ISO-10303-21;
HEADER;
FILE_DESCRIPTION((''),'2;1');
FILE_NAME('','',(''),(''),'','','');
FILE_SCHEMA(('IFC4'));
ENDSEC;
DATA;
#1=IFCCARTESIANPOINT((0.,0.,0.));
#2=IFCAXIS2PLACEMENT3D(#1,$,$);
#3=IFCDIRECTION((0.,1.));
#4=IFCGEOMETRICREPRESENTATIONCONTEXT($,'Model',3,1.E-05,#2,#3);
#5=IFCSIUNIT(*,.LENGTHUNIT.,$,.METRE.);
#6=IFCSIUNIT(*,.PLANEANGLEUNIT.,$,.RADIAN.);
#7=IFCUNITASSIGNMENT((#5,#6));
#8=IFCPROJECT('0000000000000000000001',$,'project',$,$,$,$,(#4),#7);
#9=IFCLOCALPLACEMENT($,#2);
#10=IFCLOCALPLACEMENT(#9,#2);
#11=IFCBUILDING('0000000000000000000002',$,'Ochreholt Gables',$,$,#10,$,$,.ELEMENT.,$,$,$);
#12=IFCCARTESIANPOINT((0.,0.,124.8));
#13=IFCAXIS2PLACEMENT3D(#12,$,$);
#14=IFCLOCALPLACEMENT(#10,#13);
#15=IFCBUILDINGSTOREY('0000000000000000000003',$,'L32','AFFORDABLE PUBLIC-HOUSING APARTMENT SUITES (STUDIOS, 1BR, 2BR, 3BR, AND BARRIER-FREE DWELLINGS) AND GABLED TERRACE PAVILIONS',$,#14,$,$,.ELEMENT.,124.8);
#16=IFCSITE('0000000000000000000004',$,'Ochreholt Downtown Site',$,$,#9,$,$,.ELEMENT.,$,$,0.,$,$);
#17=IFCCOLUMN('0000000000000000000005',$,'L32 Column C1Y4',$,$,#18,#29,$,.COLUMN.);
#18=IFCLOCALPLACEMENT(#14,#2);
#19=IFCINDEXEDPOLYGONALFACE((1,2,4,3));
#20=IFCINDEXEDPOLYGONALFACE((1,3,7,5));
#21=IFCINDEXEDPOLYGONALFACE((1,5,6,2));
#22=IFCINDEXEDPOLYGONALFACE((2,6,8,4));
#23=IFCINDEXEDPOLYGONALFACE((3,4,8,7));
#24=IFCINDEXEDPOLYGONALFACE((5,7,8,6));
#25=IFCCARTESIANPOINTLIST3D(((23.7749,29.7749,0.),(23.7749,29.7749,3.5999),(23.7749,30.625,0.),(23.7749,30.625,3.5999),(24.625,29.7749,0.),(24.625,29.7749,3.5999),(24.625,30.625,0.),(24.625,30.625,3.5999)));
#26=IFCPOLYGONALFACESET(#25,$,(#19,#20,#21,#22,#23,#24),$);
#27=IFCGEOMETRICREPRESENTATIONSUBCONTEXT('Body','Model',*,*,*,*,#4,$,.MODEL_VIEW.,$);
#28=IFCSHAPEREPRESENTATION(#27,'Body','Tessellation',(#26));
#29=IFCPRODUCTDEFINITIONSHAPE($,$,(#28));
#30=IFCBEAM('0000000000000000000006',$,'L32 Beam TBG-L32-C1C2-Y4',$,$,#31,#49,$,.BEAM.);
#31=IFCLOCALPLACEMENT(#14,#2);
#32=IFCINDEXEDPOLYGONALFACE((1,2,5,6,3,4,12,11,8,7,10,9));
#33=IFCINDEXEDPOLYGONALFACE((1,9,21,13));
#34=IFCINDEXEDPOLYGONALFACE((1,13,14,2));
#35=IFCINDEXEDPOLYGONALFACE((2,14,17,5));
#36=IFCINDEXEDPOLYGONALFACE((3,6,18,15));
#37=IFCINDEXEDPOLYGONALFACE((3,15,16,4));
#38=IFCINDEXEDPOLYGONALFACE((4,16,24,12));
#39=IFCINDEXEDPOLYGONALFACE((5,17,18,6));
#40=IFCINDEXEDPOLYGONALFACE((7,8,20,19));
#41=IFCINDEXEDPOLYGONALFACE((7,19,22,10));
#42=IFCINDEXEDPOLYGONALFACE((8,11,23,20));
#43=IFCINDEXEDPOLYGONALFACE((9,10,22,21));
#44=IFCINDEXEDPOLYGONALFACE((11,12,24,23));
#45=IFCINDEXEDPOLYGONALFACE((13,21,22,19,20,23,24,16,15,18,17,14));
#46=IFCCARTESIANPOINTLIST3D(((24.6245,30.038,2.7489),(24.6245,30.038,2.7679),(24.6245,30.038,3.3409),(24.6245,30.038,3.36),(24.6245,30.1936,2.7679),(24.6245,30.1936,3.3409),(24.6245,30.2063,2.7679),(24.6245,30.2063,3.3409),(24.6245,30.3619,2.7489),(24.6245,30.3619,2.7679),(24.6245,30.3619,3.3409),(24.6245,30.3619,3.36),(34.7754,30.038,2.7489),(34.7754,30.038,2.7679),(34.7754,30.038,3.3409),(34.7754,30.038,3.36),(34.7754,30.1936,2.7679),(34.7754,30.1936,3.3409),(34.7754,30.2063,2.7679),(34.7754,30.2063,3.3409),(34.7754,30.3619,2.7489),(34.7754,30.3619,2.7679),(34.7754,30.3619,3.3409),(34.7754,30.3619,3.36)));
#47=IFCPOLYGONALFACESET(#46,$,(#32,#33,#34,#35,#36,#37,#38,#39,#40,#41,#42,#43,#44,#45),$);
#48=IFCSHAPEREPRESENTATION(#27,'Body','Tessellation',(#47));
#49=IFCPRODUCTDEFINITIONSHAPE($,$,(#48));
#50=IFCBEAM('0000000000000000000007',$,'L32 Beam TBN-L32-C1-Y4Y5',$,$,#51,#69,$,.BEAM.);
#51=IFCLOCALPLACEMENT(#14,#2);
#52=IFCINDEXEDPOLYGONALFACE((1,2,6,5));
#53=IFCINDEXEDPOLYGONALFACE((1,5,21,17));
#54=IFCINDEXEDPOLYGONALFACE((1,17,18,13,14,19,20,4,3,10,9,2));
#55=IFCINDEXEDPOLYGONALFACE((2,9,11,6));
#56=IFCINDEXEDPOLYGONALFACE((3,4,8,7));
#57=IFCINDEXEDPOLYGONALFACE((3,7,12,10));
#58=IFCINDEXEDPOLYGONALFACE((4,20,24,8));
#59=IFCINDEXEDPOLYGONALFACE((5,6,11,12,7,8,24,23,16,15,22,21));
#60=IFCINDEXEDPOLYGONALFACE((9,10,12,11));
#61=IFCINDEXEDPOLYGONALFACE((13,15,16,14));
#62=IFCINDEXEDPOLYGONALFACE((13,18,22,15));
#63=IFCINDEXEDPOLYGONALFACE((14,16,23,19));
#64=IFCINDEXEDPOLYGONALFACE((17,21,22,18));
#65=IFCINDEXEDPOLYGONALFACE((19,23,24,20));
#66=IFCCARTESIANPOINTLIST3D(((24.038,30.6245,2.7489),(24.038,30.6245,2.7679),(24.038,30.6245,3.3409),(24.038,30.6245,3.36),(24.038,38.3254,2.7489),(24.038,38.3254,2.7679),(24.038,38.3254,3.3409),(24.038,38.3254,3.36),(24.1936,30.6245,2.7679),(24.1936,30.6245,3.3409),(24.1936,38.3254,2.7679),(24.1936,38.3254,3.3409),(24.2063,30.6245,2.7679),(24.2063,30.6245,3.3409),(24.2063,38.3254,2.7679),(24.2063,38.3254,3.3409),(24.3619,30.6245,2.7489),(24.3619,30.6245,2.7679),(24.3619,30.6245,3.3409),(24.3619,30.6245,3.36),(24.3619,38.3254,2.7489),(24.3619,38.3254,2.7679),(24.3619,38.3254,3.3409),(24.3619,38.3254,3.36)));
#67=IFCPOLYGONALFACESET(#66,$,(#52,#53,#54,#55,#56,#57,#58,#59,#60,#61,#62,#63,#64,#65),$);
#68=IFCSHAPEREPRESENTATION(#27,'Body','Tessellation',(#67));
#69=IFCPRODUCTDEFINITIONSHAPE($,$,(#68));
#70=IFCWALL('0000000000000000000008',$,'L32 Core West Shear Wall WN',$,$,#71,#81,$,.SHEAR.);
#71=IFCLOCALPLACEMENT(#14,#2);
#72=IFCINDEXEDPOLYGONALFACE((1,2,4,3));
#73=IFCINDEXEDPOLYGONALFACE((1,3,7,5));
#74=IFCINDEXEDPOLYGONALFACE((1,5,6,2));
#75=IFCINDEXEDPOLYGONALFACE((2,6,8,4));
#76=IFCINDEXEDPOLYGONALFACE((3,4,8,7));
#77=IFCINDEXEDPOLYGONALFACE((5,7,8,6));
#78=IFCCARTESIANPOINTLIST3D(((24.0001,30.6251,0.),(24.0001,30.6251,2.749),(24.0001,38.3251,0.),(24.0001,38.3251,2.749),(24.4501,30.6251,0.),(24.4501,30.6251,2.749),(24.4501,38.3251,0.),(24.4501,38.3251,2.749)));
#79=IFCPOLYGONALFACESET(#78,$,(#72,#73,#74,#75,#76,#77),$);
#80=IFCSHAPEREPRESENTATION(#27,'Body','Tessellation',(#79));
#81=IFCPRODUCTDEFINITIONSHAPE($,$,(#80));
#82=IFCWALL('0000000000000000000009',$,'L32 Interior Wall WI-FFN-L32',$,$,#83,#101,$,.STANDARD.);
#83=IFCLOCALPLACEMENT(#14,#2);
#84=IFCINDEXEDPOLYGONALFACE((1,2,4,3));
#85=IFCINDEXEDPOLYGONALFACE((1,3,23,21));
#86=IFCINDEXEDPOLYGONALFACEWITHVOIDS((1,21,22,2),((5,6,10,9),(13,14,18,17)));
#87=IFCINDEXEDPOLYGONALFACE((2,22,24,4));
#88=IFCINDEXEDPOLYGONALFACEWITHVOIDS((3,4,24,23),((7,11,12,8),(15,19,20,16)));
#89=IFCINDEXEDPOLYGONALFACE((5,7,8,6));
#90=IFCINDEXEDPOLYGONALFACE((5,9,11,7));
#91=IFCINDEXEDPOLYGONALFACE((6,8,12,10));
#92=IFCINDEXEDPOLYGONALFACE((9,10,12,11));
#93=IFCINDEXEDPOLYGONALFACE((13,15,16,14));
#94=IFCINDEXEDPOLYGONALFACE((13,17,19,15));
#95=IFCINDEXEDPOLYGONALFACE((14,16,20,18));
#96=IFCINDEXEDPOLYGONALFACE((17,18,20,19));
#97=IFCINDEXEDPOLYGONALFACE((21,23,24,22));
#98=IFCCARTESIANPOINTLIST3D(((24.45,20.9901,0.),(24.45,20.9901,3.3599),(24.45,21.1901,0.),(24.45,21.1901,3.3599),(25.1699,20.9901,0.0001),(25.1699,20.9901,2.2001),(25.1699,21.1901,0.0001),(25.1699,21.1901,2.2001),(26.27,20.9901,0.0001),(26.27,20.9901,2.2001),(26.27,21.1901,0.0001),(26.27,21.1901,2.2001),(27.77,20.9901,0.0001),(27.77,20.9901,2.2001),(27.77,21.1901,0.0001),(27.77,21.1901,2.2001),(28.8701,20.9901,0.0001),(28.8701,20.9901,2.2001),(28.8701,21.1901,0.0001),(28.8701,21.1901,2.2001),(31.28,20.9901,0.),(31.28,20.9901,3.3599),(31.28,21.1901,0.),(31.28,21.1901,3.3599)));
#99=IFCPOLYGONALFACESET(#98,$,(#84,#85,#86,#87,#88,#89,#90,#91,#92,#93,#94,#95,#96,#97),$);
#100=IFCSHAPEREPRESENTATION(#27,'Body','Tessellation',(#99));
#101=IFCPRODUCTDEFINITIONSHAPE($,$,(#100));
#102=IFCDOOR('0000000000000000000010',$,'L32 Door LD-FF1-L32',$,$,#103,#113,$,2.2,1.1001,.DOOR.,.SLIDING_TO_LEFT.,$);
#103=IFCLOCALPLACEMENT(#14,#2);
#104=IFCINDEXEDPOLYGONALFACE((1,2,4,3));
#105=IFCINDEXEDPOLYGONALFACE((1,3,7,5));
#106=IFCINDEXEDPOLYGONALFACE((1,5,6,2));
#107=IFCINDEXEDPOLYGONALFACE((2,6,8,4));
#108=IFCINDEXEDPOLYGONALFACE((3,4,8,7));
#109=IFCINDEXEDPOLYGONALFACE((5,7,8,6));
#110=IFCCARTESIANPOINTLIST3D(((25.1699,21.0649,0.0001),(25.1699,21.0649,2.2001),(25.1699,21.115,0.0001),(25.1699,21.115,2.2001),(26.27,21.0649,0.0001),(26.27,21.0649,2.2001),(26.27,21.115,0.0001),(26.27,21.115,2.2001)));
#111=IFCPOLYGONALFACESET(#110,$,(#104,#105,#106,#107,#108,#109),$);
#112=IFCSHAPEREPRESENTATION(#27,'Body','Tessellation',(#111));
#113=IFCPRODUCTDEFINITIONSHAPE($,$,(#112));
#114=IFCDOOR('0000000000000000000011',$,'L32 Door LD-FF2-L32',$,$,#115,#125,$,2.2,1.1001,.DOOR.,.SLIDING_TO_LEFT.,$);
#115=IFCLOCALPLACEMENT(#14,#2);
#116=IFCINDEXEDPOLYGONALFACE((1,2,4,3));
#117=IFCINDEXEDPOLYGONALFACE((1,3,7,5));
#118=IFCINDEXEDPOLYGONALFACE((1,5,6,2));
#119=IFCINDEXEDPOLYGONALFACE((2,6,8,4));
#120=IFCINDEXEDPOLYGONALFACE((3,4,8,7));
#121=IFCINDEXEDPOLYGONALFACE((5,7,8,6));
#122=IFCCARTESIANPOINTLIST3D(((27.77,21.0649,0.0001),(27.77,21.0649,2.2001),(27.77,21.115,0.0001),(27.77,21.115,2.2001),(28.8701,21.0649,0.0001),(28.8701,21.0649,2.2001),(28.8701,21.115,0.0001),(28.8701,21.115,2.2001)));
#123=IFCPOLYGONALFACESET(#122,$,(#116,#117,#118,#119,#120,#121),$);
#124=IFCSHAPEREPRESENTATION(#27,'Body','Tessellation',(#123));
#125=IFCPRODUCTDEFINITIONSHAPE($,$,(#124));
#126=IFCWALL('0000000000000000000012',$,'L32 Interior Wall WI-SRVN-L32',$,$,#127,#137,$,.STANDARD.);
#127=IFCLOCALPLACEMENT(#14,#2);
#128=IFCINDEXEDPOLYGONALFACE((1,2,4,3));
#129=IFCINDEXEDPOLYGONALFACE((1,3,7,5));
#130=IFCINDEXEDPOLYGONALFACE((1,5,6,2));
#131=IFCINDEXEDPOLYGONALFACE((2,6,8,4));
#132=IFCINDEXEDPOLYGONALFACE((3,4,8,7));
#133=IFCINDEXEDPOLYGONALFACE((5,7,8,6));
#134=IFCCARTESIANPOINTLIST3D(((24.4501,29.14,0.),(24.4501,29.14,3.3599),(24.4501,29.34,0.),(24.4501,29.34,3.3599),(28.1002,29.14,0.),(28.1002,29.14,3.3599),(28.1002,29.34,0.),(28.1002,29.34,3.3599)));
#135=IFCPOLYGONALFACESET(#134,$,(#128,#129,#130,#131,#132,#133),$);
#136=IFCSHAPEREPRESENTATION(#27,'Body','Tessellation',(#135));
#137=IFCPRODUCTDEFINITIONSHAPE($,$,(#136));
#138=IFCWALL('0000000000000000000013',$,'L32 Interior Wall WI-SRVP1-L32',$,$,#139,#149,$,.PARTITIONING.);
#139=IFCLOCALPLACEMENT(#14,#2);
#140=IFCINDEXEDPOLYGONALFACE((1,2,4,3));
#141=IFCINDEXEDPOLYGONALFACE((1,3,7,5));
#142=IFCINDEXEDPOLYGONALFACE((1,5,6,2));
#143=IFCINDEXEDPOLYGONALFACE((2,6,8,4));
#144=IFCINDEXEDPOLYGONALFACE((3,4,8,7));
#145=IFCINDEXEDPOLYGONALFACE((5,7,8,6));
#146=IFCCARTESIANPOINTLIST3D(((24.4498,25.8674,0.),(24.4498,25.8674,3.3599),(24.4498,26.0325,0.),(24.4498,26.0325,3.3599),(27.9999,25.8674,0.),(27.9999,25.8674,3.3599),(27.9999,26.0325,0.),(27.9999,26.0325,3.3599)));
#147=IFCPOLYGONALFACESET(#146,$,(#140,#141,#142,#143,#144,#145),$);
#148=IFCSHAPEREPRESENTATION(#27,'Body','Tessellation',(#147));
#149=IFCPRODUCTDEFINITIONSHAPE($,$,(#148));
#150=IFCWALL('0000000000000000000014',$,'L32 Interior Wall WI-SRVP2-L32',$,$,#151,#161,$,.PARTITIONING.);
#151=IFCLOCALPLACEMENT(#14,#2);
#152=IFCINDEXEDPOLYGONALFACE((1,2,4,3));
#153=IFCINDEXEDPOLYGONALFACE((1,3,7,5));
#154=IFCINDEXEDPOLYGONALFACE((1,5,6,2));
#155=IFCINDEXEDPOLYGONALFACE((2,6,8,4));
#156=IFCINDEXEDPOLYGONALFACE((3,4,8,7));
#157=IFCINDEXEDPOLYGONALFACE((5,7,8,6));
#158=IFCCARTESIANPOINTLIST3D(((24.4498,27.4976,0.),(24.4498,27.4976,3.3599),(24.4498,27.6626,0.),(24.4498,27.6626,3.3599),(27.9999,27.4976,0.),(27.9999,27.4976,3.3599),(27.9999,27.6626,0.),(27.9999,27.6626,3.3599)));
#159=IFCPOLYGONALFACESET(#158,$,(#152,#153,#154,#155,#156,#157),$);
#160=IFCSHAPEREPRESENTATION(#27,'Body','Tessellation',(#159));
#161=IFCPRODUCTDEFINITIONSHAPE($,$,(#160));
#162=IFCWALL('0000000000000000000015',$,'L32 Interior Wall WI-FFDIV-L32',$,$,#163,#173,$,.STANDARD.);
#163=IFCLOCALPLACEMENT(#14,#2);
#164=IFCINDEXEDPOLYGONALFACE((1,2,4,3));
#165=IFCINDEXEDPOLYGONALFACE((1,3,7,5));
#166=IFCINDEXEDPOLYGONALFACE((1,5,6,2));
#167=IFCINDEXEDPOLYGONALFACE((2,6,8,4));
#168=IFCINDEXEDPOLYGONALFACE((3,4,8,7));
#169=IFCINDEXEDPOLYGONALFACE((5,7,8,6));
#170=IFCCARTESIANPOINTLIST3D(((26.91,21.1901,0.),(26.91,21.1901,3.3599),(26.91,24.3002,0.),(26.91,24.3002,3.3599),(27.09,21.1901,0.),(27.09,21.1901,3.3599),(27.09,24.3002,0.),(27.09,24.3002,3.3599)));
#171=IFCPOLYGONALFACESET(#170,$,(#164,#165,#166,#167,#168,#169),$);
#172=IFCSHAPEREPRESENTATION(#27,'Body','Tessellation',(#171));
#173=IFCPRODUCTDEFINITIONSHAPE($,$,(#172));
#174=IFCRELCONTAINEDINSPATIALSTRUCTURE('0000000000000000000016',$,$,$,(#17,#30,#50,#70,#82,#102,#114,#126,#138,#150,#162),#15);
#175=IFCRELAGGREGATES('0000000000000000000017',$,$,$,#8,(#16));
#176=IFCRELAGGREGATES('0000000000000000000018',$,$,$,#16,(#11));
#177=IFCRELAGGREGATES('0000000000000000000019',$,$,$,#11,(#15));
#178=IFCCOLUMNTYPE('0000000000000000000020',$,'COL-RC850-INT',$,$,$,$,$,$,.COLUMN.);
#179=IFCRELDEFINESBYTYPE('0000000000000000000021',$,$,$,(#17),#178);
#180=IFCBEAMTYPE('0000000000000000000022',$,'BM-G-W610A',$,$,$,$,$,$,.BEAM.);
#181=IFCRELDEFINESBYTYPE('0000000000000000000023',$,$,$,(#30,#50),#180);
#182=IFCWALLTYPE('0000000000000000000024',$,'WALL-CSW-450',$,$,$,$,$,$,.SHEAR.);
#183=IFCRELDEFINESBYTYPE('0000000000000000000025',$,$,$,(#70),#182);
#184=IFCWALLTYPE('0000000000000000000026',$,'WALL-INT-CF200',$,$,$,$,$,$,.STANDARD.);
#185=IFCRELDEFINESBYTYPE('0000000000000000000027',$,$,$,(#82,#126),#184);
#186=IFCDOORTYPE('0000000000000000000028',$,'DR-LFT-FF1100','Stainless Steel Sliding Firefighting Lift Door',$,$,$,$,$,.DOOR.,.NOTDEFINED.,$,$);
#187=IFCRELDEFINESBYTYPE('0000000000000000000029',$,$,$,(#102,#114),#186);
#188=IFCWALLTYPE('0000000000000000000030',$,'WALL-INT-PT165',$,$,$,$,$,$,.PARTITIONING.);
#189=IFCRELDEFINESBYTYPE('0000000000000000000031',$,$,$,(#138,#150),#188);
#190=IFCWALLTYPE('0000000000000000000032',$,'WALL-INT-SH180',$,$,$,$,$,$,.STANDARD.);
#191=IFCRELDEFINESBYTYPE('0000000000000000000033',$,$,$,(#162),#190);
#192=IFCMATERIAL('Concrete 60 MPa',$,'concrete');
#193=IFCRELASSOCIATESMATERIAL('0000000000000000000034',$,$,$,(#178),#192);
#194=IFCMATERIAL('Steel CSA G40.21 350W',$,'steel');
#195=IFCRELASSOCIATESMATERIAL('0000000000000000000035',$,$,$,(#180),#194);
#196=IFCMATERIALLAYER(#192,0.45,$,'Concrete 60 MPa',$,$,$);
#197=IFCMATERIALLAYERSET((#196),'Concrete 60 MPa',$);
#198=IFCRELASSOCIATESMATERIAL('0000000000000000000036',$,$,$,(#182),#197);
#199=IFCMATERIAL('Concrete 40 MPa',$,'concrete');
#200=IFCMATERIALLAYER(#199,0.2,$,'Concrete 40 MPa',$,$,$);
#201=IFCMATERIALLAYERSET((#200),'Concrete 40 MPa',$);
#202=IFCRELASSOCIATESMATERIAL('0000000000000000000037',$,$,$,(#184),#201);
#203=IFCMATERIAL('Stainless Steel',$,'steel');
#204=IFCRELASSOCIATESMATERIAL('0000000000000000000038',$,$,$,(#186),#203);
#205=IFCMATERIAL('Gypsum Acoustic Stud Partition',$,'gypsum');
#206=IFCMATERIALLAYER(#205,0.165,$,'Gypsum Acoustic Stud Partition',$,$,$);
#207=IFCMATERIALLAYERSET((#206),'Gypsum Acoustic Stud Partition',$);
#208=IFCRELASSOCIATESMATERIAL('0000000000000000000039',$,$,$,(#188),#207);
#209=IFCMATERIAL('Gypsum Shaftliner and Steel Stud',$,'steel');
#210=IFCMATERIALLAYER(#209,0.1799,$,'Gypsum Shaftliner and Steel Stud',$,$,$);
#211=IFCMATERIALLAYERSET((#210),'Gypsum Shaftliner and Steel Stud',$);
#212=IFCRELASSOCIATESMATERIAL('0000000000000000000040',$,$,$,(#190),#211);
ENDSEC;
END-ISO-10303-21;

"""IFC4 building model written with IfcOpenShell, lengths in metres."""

from ifc_helpers import new_model, si_unit, direction, frame, frame_2d, origin, origin_2d, place, context, subcontext, project, spatial, rectangle, i_section, extrude, material, layer, layer_set, material_profile, profile_set, type_object, element, fill, save


model = new_model("IFC4")

# Units and contexts
model_context = context("Model", 3, precision=1e-05, world=origin(), true_north=direction((0.0, 1.0)))
body_context = subcontext(model_context, "Body", "Model", "MODEL_VIEW")
ifc_project = project(units=[si_unit("LENGTHUNIT", "METRE"), si_unit("PLANEANGLEUNIT", "RADIAN")], contexts=[model_context])

# Site, building, storey
site_placement = place(None, origin())
site = spatial("IfcSite", under=ifc_project, at=site_placement, Name="Ochreholt Downtown Site", CompositionType="ELEMENT", RefElevation=0.0)
building_placement = place(site_placement, origin())
building = spatial("IfcBuilding", under=site, at=building_placement, Name="Ochreholt Gables", CompositionType="ELEMENT")
storey_placement = place(building_placement, frame((0.0, 0.0, 124.8)))
storey = spatial("IfcBuildingStorey", under=building, at=storey_placement, Name="L32", Description="AFFORDABLE PUBLIC-HOUSING APARTMENT SUITES (STUDIOS, 1BR, 2BR, 3BR, AND BARRIER-FREE DWELLINGS) AND GABLED TERRACE PAVILIONS", CompositionType="ELEMENT", Elevation=124.8)

# Column
ifc_material_1 = material(Name="Concrete 60 MPa", Category="concrete")
ifc_material_profile_1 = material_profile(ifc_material_1, rectangle(XDim=0.8501, YDim=0.8501, at=origin_2d()), Name="RC850X850")
ifc_profile_set_1 = profile_set([ifc_material_profile_1], Name="Concrete 60 MPa")
column_type = type_object("IfcColumnType", Name="COL-RC850-INT", PredefinedType="COLUMN", material=ifc_profile_set_1)
column_placement = place(storey_placement, frame((24.2, 30.2, 0.0), z_axis=(0.0, 0.0, 1.0), x_axis=(1.0, 0.0, 0.0)))
element("IfcColumn", 1, at=column_placement, inside=storey, type_object=column_type, Name="L32 Column C1Y4", PredefinedType="COLUMN", context=body_context, shape_type="SweptSolid", body=[
    extrude(rectangle(XDim=0.8501, YDim=0.8501, at=origin_2d()), origin(), (0.0, 0.0, 1.0), 3.5999),
])

# Beams
ifc_material_2 = material(Name="Steel CSA G40.21 350W", Category="steel")
ifc_material_profile_2 = material_profile(ifc_material_2, i_section(OverallWidth=0.324, OverallDepth=0.6111, WebThickness=0.0127, FlangeThickness=0.019, at=origin_2d()), Name="W610X155")
ifc_profile_set_2 = profile_set([ifc_material_profile_2], Name="Steel CSA G40.21 350W")
beam_type = type_object("IfcBeamType", Name="BM-G-W610A", PredefinedType="BEAM", material=ifc_profile_set_2)
beam_1_placement = place(storey_placement, frame((24.6245, 30.2, 3.0544), z_axis=(1.0, 0.0, 0.0), x_axis=(0.0, 1.0, 0.0)))
element("IfcBeam", 2, at=beam_1_placement, inside=storey, type_object=beam_type, Name="L32 Beam TBG-L32-C1C2-Y4", PredefinedType="BEAM", context=body_context, shape_type="SweptSolid", body=[
    extrude(i_section(OverallWidth=0.324, OverallDepth=0.6111, WebThickness=0.0127, FlangeThickness=0.019, at=origin_2d()), origin(), (0.0, 0.0, 1.0), 10.1509),
])
beam_2_placement = place(storey_placement, frame((24.2, 30.6245, 3.0544), z_axis=(0.0, 1.0, 0.0), x_axis=(-1.0, 0.0, 0.0)))
element("IfcBeam", 3, at=beam_2_placement, inside=storey, type_object=beam_type, Name="L32 Beam TBN-L32-C1-Y4Y5", PredefinedType="BEAM", context=body_context, shape_type="SweptSolid", body=[
    extrude(i_section(OverallWidth=0.324, OverallDepth=0.6111, WebThickness=0.0127, FlangeThickness=0.019, at=origin_2d()), origin(), (0.0, 0.0, 1.0), 7.7009),
])

# Wall
ifc_layer_1 = layer(ifc_material_1, 0.45, Name="Concrete 60 MPa")
ifc_layer_set_1 = layer_set([ifc_layer_1], Name="Concrete 60 MPa")
wall_type_1 = type_object("IfcWallType", Name="WALL-CSW-450", PredefinedType="SHEAR", material=ifc_layer_set_1)
wall_1_placement = place(storey_placement, frame((24.2251, 30.625, 0.0), z_axis=(0.0, 0.0, 1.0), x_axis=(0.0, 1.0, 0.0)))
element("IfcWall", 4, at=wall_1_placement, inside=storey, type_object=wall_type_1, Name="L32 Core West Shear Wall WN", PredefinedType="SHEAR", context=body_context, shape_type="SweptSolid", body=[
    extrude(rectangle(XDim=7.7, YDim=0.45, at=frame_2d((3.8501, 0.0))), origin(), (0.0, 0.0, 1.0), 2.749),
])

# Wall, openings, doors
ifc_material_3 = material(Name="Concrete 40 MPa", Category="concrete")
ifc_layer_2 = layer(ifc_material_3, 0.2, Name="Concrete 40 MPa")
ifc_layer_set_2 = layer_set([ifc_layer_2], Name="Concrete 40 MPa")
wall_type_2 = type_object("IfcWallType", Name="WALL-INT-CF200", PredefinedType="STANDARD", material=ifc_layer_set_2)
wall_2_placement = place(storey_placement, frame((24.45, 21.0901, 0.0), z_axis=(0.0, 0.0, 1.0), x_axis=(1.0, 0.0, 0.0)))
wall_2 = element("IfcWall", 5, at=wall_2_placement, inside=storey, type_object=wall_type_2, Name="L32 Interior Wall WI-FFN-L32", PredefinedType="STANDARD", context=body_context, shape_type="SweptSolid", body=[
    extrude(rectangle(XDim=6.8301, YDim=0.2, at=frame_2d((3.415, 0.0))), origin(), (0.0, 0.0, 1.0), 3.3599),
])
opening_1_placement = place(wall_2_placement, frame((0.72, 0.0, 0.0)))
opening_1 = element("IfcOpeningElement", 6, at=opening_1_placement, cuts=wall_2, PredefinedType="OPENING", context=body_context, shape_type="SweptSolid", body=[
    extrude(rectangle(XDim=1.1001, YDim=2.2, at=frame_2d((0.55, 1.1001))), frame((0.0, 0.1099, 0.0), z_axis=(0.0, -1.0, 0.0), x_axis=(1.0, 0.0, 0.0)), (0.0, 0.0, 1.0), 0.22),
])
opening_2_placement = place(wall_2_placement, frame((3.3201, 0.0, 0.0)))
opening_2 = element("IfcOpeningElement", 7, at=opening_2_placement, cuts=wall_2, PredefinedType="OPENING", context=body_context, shape_type="SweptSolid", body=[
    extrude(rectangle(XDim=1.1001, YDim=2.2, at=frame_2d((0.55, 1.1001))), frame((0.0, 0.1099, 0.0), z_axis=(0.0, -1.0, 0.0), x_axis=(1.0, 0.0, 0.0)), (0.0, 0.0, 1.0), 0.22),
])
ifc_material_4 = material(Name="Stainless Steel", Category="steel")
door_type_1 = type_object("IfcDoorType", Name="DR-LFT-FF1100", Description="Stainless Steel Sliding Firefighting Lift Door", OperationType="NOTDEFINED", PredefinedType="DOOR", material=ifc_material_4)
door_1_placement = place(opening_1_placement, origin())
door_1 = element("IfcDoor", 8, at=door_1_placement, inside=storey, type_object=door_type_1, Name="L32 Door LD-FF1-L32", OperationType="SLIDING_TO_LEFT", OverallHeight=2.2, OverallWidth=1.1001, PredefinedType="DOOR", context=body_context, shape_type="SweptSolid", body=[
    extrude(rectangle(XDim=1.1001, YDim=2.2, at=frame_2d((0.55, 1.1001))), frame((0.0, 0.0249, 0.0), z_axis=(0.0, -1.0, 0.0), x_axis=(1.0, 0.0, 0.0)), (0.0, 0.0, 1.0), 0.05),
])
fill(opening_1, door_1)
door_2_placement = place(opening_2_placement, origin())
door_2 = element("IfcDoor", 9, at=door_2_placement, inside=storey, type_object=door_type_1, Name="L32 Door LD-FF2-L32", OperationType="SLIDING_TO_LEFT", OverallHeight=2.2, OverallWidth=1.1001, PredefinedType="DOOR", context=body_context, shape_type="SweptSolid", body=[
    extrude(rectangle(XDim=1.1001, YDim=2.2, at=frame_2d((0.55, 1.1001))), frame((0.0, 0.0249, 0.0), z_axis=(0.0, -1.0, 0.0), x_axis=(1.0, 0.0, 0.0)), (0.0, 0.0, 1.0), 0.05),
])
fill(opening_2, door_2)

# Walls
wall_3_placement = place(storey_placement, frame((24.45, 29.24, 0.0), z_axis=(0.0, 0.0, 1.0), x_axis=(1.0, 0.0, 0.0)))
element("IfcWall", 10, at=wall_3_placement, inside=storey, type_object=wall_type_2, Name="L32 Interior Wall WI-SRVN-L32", PredefinedType="STANDARD", context=body_context, shape_type="SweptSolid", body=[
    extrude(rectangle(XDim=3.6501, YDim=0.2, at=frame_2d((1.8252, 0.0))), origin(), (0.0, 0.0, 1.0), 3.3599),
])
ifc_material_5 = material(Name="Gypsum Acoustic Stud Partition", Category="gypsum")
ifc_layer_3 = layer(ifc_material_5, 0.165, Name="Gypsum Acoustic Stud Partition")
ifc_layer_set_3 = layer_set([ifc_layer_3], Name="Gypsum Acoustic Stud Partition")
wall_type_3 = type_object("IfcWallType", Name="WALL-INT-PT165", PredefinedType="PARTITIONING", material=ifc_layer_set_3)
for number, where, z_axis, x_axis, name in (
    (11, (24.45, 25.95, 0.0), (0.0, 0.0, 1.0), (1.0, 0.0, 0.0), "L32 Interior Wall WI-SRVP1-L32"),
    (12, (24.45, 27.5801, 0.0), (0.0, 0.0, 1.0), (1.0, 0.0, 0.0), "L32 Interior Wall WI-SRVP2-L32"),
):
    element("IfcWall", number, at=place(storey_placement, frame(where, z_axis=z_axis, x_axis=x_axis)), inside=storey, type_object=wall_type_3, Name=name, PredefinedType="PARTITIONING", context=body_context, shape_type="SweptSolid", body=[
        extrude(rectangle(XDim=3.55, YDim=0.165, at=frame_2d((1.7749, 0.0))), origin(), (0.0, 0.0, 1.0), 3.3599),
    ])
ifc_material_6 = material(Name="Gypsum Shaftliner and Steel Stud", Category="steel")
ifc_layer_4 = layer(ifc_material_6, 0.1799, Name="Gypsum Shaftliner and Steel Stud")
ifc_layer_set_4 = layer_set([ifc_layer_4], Name="Gypsum Shaftliner and Steel Stud")
wall_type_4 = type_object("IfcWallType", Name="WALL-INT-SH180", PredefinedType="STANDARD", material=ifc_layer_set_4)
wall_4_placement = place(storey_placement, frame((27.0, 21.1899, 0.0), z_axis=(0.0, 0.0, 1.0), x_axis=(0.0, 1.0, 0.0)))
element("IfcWall", 13, at=wall_4_placement, inside=storey, type_object=wall_type_4, Name="L32 Interior Wall WI-FFDIV-L32", PredefinedType="STANDARD", context=body_context, shape_type="SweptSolid", body=[
    extrude(rectangle(XDim=3.1101, YDim=0.1799, at=frame_2d((1.5552, 0.0))), origin(), (0.0, 0.0, 1.0), 3.3599),
])

save(model, "model.ifc")
